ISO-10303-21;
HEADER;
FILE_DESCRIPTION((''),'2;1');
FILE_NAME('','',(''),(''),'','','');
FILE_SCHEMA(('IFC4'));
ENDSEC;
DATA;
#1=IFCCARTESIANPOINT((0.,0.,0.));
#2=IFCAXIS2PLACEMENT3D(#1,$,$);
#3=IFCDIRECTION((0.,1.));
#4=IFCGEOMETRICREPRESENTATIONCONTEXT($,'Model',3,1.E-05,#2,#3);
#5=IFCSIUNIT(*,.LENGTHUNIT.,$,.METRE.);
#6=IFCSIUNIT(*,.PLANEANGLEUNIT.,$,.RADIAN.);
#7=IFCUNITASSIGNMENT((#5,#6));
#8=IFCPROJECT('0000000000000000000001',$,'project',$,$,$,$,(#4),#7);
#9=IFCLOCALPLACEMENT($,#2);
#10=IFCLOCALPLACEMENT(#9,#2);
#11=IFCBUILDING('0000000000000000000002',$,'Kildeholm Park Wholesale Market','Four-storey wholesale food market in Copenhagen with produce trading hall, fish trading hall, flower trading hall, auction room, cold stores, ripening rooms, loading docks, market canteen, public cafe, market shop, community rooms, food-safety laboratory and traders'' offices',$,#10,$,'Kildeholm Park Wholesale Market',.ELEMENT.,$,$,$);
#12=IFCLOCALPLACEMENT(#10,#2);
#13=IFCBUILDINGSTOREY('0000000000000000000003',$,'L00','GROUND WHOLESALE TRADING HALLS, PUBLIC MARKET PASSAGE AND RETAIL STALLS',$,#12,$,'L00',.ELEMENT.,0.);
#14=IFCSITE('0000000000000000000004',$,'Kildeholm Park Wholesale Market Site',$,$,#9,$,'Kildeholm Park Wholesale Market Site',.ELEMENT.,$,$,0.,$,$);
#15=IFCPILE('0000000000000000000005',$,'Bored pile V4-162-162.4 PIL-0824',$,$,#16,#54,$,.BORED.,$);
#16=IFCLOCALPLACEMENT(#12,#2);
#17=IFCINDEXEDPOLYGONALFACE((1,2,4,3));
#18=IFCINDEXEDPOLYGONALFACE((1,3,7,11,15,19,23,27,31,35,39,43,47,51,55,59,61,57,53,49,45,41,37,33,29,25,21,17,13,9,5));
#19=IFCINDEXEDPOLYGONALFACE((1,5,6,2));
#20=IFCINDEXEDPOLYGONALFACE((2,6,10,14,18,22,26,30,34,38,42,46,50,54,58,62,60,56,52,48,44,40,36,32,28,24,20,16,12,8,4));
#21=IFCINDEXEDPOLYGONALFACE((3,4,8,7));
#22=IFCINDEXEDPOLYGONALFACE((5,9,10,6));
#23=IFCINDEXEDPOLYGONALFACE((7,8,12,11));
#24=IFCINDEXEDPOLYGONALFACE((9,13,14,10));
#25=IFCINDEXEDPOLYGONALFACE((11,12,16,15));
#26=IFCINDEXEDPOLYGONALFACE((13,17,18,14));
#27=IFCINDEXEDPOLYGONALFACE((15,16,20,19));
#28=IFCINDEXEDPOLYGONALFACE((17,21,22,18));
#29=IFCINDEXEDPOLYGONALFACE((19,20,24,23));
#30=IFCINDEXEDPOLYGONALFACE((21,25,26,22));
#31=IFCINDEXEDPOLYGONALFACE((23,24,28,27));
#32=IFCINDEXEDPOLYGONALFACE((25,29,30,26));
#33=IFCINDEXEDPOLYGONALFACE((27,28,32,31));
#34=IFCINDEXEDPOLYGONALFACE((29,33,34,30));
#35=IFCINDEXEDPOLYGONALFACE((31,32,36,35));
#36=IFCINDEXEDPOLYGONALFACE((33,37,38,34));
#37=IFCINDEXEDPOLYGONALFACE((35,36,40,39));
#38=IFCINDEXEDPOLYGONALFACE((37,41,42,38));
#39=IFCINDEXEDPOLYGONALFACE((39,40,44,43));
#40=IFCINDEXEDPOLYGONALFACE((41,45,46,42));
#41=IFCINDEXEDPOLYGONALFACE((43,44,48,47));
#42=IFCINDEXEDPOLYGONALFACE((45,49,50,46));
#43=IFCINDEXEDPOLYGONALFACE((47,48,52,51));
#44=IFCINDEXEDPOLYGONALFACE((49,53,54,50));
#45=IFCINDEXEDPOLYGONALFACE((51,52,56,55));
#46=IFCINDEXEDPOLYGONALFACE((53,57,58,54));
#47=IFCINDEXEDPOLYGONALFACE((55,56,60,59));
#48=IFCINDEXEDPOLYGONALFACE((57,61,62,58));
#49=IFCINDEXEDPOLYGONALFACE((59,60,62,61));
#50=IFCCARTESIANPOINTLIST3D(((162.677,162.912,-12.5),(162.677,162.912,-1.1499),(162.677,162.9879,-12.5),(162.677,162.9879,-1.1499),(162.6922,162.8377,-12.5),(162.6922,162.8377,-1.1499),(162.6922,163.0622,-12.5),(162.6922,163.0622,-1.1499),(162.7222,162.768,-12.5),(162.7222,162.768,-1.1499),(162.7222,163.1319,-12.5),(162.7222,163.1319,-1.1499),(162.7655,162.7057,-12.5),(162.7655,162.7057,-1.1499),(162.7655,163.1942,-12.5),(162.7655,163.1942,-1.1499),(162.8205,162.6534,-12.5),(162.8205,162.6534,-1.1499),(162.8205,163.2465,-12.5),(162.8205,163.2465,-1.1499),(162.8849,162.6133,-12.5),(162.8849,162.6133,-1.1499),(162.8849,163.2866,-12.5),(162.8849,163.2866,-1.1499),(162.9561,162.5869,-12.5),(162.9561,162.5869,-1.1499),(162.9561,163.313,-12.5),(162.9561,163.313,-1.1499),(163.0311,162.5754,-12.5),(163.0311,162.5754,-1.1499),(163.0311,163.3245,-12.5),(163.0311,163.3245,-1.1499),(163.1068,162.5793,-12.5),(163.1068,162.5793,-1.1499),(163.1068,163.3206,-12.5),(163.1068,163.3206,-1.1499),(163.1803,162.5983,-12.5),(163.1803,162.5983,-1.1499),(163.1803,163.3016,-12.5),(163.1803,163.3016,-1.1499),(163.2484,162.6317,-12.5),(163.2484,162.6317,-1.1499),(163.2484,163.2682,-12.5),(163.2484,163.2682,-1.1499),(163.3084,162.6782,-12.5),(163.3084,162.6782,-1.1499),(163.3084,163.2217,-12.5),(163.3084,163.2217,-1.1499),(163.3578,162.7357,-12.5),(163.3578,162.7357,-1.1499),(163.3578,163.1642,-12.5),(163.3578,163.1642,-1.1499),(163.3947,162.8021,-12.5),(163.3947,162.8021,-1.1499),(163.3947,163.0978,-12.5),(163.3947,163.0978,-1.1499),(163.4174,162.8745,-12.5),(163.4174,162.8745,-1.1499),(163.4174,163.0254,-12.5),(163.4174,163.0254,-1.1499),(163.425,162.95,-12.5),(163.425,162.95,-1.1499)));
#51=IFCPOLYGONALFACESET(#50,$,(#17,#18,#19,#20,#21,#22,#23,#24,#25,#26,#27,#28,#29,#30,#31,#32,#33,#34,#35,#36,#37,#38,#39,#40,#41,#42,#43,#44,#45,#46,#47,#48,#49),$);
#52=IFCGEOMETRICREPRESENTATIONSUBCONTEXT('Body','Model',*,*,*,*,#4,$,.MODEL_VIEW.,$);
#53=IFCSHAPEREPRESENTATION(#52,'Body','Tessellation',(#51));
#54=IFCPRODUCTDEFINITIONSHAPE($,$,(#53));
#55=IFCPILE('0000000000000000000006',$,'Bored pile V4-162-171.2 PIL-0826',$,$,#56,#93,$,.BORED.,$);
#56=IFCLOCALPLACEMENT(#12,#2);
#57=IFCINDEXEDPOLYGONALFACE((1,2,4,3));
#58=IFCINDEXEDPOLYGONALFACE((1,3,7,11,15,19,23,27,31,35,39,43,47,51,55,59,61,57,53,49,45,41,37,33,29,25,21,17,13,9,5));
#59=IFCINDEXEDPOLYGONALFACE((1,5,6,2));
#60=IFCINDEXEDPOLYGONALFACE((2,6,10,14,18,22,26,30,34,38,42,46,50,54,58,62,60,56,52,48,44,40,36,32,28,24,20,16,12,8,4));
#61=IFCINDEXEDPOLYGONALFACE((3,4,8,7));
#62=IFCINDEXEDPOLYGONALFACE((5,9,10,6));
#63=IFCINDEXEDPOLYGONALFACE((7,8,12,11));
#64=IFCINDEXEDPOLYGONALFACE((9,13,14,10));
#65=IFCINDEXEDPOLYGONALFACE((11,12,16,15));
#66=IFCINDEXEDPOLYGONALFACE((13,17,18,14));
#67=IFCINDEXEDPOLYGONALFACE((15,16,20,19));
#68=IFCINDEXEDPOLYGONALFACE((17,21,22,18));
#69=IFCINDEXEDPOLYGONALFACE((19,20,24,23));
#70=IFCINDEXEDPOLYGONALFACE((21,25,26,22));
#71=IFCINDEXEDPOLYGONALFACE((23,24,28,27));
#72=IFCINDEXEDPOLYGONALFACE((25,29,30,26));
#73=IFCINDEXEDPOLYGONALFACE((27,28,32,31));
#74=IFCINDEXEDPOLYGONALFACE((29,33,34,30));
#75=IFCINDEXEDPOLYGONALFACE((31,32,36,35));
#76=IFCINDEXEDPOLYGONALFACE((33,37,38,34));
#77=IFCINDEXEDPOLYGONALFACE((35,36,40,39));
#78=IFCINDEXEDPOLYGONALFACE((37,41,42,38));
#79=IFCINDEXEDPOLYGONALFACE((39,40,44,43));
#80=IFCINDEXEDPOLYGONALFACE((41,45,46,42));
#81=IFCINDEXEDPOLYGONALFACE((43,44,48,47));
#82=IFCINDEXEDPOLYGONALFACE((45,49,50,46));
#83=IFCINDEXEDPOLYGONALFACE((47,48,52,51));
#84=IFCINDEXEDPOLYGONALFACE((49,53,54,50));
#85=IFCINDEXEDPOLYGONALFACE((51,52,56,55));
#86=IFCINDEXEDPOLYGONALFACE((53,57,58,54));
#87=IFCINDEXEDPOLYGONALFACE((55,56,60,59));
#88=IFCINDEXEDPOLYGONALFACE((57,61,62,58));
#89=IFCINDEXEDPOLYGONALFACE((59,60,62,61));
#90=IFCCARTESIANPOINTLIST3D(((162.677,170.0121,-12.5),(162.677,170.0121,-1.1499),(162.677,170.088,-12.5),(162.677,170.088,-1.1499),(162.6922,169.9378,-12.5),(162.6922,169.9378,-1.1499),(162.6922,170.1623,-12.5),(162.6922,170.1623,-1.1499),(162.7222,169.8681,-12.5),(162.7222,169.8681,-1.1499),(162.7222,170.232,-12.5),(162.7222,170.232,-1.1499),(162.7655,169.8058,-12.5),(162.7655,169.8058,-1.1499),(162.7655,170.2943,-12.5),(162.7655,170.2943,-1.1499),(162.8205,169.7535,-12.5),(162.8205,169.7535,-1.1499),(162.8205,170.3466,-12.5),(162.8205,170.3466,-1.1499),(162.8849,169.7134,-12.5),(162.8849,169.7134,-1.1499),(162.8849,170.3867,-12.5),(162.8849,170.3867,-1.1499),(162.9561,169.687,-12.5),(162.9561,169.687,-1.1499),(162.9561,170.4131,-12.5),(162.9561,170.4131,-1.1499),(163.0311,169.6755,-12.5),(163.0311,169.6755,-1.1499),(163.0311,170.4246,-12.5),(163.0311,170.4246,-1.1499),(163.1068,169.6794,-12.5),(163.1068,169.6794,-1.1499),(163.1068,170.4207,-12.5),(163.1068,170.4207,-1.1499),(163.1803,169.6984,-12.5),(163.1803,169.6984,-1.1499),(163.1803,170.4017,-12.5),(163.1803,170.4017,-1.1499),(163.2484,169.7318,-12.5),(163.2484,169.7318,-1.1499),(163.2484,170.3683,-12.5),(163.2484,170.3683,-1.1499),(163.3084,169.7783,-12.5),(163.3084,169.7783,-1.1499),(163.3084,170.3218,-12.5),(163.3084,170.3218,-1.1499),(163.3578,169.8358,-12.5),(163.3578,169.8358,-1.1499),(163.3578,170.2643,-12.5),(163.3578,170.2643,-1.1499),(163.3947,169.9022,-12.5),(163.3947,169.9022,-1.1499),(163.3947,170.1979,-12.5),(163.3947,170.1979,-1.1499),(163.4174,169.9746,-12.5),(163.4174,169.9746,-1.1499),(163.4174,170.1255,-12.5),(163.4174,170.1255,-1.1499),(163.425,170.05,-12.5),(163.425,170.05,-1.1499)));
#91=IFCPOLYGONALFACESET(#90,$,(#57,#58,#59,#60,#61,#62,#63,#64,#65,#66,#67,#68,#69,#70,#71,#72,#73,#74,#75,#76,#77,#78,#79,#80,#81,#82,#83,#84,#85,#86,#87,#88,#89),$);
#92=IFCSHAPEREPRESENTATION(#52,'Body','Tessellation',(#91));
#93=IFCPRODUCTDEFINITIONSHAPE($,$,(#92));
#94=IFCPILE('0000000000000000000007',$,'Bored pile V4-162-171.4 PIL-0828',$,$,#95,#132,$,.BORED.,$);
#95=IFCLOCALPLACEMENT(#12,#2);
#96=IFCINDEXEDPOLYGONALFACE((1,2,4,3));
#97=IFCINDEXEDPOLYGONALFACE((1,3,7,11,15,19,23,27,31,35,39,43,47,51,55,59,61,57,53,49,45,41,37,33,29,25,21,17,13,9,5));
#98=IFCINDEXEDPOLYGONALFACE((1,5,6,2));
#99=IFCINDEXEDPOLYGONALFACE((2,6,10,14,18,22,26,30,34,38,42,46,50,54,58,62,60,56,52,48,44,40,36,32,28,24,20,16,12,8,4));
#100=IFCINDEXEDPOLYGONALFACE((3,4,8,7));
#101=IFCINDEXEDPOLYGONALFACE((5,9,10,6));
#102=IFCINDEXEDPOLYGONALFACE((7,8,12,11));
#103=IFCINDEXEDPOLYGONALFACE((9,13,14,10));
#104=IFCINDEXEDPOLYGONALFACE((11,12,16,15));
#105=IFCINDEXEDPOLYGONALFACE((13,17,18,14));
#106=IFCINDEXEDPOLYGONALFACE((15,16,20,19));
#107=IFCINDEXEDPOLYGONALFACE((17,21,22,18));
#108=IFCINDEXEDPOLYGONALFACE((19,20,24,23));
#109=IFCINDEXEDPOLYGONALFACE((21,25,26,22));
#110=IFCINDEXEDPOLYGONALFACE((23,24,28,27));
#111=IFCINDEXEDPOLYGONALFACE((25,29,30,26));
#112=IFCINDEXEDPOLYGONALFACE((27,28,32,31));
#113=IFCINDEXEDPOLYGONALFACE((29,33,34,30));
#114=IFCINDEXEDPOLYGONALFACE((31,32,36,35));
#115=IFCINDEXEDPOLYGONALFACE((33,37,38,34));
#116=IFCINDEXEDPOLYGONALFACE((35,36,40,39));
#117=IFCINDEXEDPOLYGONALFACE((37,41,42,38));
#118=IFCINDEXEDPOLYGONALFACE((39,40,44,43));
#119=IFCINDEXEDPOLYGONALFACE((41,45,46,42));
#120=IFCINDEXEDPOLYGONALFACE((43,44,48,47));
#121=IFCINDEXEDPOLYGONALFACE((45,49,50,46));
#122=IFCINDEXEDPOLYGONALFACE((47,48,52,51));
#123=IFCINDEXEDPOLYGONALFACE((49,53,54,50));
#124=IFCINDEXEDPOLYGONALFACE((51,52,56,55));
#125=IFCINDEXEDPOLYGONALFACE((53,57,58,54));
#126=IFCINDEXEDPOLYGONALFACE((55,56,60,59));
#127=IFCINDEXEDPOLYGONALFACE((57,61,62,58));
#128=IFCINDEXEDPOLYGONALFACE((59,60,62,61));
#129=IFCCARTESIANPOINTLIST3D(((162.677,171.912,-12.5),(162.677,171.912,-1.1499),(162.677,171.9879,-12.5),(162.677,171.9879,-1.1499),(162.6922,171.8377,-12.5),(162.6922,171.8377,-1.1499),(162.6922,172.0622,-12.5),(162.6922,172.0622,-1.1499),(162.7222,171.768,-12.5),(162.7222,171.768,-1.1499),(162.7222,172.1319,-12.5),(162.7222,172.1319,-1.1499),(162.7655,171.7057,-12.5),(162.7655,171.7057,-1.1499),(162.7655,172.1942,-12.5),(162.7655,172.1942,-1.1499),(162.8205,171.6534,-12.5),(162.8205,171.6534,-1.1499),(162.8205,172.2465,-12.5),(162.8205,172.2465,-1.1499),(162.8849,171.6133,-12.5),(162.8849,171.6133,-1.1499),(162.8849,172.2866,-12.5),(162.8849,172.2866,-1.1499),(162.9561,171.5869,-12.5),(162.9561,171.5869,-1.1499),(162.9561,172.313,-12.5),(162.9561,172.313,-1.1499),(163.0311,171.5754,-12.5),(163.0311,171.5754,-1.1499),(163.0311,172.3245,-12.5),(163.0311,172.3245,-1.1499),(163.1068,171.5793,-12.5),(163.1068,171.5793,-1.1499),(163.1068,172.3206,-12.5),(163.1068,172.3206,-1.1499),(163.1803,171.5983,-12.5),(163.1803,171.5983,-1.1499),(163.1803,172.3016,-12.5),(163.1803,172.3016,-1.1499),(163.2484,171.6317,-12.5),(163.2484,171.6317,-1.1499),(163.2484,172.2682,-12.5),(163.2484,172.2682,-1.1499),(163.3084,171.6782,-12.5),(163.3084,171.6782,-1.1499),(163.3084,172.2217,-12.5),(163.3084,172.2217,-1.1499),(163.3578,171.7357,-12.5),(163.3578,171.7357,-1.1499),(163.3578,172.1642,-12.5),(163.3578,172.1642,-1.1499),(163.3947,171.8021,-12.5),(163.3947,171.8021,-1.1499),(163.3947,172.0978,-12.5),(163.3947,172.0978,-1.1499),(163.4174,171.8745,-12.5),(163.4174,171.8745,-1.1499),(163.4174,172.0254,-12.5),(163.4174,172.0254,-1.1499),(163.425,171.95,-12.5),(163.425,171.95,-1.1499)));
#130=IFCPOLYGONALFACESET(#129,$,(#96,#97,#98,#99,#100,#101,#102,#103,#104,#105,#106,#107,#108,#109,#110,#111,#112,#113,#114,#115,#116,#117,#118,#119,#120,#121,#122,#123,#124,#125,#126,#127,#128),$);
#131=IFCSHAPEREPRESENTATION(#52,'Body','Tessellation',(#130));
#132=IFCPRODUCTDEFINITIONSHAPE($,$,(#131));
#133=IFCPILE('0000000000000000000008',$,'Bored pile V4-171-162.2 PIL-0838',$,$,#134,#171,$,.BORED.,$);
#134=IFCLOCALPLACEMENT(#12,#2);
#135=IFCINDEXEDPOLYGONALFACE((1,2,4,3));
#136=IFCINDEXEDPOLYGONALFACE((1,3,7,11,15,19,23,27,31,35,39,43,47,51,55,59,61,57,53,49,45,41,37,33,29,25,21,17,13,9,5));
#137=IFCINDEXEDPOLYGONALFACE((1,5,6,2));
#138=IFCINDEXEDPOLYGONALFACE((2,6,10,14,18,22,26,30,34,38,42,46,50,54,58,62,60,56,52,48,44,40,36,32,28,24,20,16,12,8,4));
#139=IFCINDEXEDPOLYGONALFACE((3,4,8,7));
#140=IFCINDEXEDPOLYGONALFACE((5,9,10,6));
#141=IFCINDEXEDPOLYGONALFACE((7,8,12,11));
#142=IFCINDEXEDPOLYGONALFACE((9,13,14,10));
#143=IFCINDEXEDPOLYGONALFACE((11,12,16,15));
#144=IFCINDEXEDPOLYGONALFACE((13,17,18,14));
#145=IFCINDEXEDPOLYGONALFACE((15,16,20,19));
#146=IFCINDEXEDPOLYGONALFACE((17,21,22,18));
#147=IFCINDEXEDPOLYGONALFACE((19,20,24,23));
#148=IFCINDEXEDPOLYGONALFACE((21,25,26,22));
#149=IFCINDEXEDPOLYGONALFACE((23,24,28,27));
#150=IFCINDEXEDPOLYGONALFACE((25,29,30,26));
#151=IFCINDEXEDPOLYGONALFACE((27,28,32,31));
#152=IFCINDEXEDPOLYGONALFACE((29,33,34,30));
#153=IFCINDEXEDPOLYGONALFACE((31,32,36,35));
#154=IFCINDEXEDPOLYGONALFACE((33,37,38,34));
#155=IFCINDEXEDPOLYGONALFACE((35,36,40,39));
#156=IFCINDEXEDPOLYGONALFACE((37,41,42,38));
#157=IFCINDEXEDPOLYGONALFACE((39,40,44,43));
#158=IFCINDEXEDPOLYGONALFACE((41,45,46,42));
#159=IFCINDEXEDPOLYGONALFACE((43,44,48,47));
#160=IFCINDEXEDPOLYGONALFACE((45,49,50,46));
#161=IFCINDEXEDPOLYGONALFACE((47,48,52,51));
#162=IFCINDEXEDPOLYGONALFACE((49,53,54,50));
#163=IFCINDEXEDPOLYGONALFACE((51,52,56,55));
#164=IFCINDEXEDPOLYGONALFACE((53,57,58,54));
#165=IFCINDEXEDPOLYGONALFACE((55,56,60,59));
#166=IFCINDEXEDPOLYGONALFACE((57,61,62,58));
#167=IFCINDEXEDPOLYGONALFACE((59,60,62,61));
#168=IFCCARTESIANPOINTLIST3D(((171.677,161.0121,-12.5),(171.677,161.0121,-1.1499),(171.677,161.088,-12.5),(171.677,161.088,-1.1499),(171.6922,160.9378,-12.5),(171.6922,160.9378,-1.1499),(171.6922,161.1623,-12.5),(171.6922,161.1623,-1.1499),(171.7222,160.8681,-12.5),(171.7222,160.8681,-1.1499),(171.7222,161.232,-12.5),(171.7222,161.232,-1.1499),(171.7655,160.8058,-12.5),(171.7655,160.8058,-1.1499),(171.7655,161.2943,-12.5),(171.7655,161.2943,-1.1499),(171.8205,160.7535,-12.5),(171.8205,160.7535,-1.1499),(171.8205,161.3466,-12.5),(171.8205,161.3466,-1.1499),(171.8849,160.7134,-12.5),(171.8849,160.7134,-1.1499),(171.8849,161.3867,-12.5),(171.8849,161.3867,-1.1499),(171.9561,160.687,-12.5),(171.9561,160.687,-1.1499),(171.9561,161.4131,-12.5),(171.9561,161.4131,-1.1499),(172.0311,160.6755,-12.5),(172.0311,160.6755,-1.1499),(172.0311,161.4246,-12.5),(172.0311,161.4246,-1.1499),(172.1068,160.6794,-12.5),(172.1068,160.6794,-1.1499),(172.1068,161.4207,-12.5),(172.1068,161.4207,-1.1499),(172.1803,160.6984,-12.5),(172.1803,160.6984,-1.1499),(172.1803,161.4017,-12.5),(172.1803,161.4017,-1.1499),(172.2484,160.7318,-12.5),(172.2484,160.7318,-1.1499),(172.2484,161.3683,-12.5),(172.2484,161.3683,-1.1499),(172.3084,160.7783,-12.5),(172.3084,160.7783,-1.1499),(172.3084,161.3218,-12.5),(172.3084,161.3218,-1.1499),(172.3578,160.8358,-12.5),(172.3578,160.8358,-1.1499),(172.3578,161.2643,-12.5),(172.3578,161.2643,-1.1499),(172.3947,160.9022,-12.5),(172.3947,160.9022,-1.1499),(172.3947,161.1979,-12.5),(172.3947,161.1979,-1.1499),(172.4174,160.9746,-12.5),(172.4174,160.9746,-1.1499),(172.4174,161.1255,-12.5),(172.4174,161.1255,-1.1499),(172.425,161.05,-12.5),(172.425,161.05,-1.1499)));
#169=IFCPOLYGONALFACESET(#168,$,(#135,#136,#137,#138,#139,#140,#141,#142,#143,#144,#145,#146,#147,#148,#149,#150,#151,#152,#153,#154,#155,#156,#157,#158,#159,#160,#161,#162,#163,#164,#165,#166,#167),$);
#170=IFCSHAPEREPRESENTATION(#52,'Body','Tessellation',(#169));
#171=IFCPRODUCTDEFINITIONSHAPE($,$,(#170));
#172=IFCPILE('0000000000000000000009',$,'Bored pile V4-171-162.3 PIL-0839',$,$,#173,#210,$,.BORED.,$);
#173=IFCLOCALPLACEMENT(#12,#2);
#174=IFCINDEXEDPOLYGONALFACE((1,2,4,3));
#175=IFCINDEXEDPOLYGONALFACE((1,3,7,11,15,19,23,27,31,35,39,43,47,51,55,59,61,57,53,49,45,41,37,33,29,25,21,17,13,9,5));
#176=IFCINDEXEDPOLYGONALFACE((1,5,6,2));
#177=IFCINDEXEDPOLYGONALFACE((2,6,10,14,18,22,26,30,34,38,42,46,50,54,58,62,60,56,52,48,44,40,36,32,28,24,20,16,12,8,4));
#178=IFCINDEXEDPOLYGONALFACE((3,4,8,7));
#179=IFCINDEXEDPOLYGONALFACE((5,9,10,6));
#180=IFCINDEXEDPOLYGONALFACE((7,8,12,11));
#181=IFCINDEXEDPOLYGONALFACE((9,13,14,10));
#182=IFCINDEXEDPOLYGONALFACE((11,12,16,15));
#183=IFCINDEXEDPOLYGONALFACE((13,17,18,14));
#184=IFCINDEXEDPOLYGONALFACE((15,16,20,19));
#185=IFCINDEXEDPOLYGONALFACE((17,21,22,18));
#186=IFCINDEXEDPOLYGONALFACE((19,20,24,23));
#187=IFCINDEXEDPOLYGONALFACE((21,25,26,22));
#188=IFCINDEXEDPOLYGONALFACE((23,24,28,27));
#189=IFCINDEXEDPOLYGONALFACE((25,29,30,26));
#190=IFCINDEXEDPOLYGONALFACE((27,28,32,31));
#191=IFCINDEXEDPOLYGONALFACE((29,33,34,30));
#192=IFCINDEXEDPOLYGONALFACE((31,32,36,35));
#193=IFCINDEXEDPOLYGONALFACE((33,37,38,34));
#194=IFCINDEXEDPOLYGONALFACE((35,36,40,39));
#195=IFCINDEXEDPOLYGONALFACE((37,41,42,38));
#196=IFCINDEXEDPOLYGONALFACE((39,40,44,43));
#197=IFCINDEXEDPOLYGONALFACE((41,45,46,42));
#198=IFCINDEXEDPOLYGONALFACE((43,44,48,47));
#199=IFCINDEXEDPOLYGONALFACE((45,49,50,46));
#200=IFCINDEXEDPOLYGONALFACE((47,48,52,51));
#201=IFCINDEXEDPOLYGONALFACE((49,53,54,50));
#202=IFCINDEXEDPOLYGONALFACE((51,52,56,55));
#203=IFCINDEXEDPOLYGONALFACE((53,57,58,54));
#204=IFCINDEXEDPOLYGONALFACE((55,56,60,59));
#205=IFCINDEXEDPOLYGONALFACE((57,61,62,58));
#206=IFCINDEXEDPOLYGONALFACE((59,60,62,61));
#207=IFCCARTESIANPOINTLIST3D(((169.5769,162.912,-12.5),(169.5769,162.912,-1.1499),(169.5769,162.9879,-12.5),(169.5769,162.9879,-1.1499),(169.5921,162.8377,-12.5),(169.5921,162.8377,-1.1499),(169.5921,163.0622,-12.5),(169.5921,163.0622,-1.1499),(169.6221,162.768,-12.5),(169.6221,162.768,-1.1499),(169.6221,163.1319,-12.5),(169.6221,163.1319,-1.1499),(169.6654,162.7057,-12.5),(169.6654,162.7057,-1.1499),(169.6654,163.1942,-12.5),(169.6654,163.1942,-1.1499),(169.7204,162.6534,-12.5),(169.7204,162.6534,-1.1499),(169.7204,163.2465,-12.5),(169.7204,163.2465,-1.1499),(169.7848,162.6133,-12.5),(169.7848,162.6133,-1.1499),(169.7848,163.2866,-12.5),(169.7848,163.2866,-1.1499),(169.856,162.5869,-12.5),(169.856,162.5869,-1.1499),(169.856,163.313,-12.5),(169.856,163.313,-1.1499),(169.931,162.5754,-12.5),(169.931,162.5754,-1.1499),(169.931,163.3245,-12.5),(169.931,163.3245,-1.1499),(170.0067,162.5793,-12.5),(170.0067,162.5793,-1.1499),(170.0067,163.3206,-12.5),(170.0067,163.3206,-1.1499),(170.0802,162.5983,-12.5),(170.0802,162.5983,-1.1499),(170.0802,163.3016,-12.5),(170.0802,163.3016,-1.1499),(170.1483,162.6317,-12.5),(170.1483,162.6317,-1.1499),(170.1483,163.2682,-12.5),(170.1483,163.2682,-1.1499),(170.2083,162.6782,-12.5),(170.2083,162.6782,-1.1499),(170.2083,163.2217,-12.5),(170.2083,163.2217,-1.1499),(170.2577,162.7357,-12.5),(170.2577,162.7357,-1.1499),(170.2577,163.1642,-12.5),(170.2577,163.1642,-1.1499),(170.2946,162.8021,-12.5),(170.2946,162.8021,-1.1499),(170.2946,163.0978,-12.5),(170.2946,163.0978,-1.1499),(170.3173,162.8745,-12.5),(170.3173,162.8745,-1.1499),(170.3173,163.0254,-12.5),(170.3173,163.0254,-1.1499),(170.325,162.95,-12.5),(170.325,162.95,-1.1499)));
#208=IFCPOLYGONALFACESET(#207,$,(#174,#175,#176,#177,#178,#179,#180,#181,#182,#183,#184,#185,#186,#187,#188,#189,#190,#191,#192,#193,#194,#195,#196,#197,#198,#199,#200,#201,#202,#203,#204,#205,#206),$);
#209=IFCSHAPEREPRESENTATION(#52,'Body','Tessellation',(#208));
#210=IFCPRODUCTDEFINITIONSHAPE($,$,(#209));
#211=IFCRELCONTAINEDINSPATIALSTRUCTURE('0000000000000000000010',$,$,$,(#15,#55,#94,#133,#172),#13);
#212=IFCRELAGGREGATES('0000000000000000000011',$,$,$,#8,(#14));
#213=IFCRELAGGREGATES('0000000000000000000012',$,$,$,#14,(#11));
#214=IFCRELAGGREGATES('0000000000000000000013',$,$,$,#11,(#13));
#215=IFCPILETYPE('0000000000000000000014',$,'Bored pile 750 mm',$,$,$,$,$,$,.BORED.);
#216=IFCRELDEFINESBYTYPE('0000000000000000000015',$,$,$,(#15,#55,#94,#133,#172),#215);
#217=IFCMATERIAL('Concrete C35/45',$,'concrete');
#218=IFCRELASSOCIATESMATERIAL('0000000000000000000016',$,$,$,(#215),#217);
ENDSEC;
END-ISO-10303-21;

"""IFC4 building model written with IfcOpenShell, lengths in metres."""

from ifc_helpers import new_model, si_unit, direction, frame, origin, origin_2d, place, context, subcontext, project, spatial, circle, extrude, material, material_profile, profile_set, type_object, element, save


model = new_model("IFC4")

# Units and contexts
model_context = context("Model", 3, precision=1e-05, world=origin(), true_north=direction((0.0, 1.0)))
body_context = subcontext(model_context, "Body", "Model", "MODEL_VIEW")
ifc_project = project(units=[si_unit("LENGTHUNIT", "METRE"), si_unit("PLANEANGLEUNIT", "RADIAN")], contexts=[model_context])

# Site, building, storey
site_placement = place(None, origin())
site = spatial("IfcSite", under=ifc_project, at=site_placement, Name="Kildeholm Park Wholesale Market Site", LongName="Kildeholm Park Wholesale Market Site", CompositionType="ELEMENT", RefElevation=0.0)
building_placement = place(site_placement, origin())
building = spatial("IfcBuilding", under=site, at=building_placement, Name="Kildeholm Park Wholesale Market", Description="Four-storey wholesale food market in Copenhagen with produce trading hall, fish trading hall, flower trading hall, auction room, cold stores, ripening rooms, loading docks, market canteen, public cafe, market shop, community rooms, food-safety laboratory and traders' offices", LongName="Kildeholm Park Wholesale Market", CompositionType="ELEMENT")
storey_placement = place(building_placement, origin())
storey = spatial("IfcBuildingStorey", under=building, at=storey_placement, Name="L00", Description="GROUND WHOLESALE TRADING HALLS, PUBLIC MARKET PASSAGE AND RETAIL STALLS", LongName="L00", CompositionType="ELEMENT", Elevation=0.0)

# Piles
ifc_material_1 = material(Name="Concrete C35/45", Category="concrete")
ifc_material_profile_1 = material_profile(ifc_material_1, circle(Radius=0.375, at=origin_2d()), Name="PILE D750")
ifc_profile_set_1 = profile_set([ifc_material_profile_1], Name="Concrete C35/45")
pile_type = type_object("IfcPileType", Name="Bored pile 750 mm", PredefinedType="BORED", material=ifc_profile_set_1)
for number, where, z_axis, x_axis, name in (
    (1, (163.05, 162.95, -1.1499), (0.0, 0.0, -1.0), (1.0, 0.0, 0.0), "Bored pile V4-162-162.4 PIL-0824"),
    (2, (163.05, 170.05, -1.1499), (0.0, 0.0, -1.0), (1.0, 0.0, 0.0), "Bored pile V4-162-171.2 PIL-0826"),
    (3, (163.05, 171.95, -1.1499), (0.0, 0.0, -1.0), (1.0, 0.0, 0.0), "Bored pile V4-162-171.4 PIL-0828"),
    (4, (172.05, 161.05, -1.1499), (0.0, 0.0, -1.0), (1.0, 0.0, 0.0), "Bored pile V4-171-162.2 PIL-0838"),
    (5, (169.95, 162.95, -1.1499), (0.0, 0.0, -1.0), (1.0, 0.0, 0.0), "Bored pile V4-171-162.3 PIL-0839"),
):
    element("IfcPile", number, at=place(storey_placement, frame(where, z_axis=z_axis, x_axis=x_axis)), inside=storey, type_object=pile_type, Name=name, PredefinedType="BORED", context=body_context, shape_type="SweptSolid", body=[
        extrude(circle(Radius=0.375, at=origin_2d()), origin(), (0.0, 0.0, 1.0), 11.3501),
    ])

save(model, "model.ifc")
